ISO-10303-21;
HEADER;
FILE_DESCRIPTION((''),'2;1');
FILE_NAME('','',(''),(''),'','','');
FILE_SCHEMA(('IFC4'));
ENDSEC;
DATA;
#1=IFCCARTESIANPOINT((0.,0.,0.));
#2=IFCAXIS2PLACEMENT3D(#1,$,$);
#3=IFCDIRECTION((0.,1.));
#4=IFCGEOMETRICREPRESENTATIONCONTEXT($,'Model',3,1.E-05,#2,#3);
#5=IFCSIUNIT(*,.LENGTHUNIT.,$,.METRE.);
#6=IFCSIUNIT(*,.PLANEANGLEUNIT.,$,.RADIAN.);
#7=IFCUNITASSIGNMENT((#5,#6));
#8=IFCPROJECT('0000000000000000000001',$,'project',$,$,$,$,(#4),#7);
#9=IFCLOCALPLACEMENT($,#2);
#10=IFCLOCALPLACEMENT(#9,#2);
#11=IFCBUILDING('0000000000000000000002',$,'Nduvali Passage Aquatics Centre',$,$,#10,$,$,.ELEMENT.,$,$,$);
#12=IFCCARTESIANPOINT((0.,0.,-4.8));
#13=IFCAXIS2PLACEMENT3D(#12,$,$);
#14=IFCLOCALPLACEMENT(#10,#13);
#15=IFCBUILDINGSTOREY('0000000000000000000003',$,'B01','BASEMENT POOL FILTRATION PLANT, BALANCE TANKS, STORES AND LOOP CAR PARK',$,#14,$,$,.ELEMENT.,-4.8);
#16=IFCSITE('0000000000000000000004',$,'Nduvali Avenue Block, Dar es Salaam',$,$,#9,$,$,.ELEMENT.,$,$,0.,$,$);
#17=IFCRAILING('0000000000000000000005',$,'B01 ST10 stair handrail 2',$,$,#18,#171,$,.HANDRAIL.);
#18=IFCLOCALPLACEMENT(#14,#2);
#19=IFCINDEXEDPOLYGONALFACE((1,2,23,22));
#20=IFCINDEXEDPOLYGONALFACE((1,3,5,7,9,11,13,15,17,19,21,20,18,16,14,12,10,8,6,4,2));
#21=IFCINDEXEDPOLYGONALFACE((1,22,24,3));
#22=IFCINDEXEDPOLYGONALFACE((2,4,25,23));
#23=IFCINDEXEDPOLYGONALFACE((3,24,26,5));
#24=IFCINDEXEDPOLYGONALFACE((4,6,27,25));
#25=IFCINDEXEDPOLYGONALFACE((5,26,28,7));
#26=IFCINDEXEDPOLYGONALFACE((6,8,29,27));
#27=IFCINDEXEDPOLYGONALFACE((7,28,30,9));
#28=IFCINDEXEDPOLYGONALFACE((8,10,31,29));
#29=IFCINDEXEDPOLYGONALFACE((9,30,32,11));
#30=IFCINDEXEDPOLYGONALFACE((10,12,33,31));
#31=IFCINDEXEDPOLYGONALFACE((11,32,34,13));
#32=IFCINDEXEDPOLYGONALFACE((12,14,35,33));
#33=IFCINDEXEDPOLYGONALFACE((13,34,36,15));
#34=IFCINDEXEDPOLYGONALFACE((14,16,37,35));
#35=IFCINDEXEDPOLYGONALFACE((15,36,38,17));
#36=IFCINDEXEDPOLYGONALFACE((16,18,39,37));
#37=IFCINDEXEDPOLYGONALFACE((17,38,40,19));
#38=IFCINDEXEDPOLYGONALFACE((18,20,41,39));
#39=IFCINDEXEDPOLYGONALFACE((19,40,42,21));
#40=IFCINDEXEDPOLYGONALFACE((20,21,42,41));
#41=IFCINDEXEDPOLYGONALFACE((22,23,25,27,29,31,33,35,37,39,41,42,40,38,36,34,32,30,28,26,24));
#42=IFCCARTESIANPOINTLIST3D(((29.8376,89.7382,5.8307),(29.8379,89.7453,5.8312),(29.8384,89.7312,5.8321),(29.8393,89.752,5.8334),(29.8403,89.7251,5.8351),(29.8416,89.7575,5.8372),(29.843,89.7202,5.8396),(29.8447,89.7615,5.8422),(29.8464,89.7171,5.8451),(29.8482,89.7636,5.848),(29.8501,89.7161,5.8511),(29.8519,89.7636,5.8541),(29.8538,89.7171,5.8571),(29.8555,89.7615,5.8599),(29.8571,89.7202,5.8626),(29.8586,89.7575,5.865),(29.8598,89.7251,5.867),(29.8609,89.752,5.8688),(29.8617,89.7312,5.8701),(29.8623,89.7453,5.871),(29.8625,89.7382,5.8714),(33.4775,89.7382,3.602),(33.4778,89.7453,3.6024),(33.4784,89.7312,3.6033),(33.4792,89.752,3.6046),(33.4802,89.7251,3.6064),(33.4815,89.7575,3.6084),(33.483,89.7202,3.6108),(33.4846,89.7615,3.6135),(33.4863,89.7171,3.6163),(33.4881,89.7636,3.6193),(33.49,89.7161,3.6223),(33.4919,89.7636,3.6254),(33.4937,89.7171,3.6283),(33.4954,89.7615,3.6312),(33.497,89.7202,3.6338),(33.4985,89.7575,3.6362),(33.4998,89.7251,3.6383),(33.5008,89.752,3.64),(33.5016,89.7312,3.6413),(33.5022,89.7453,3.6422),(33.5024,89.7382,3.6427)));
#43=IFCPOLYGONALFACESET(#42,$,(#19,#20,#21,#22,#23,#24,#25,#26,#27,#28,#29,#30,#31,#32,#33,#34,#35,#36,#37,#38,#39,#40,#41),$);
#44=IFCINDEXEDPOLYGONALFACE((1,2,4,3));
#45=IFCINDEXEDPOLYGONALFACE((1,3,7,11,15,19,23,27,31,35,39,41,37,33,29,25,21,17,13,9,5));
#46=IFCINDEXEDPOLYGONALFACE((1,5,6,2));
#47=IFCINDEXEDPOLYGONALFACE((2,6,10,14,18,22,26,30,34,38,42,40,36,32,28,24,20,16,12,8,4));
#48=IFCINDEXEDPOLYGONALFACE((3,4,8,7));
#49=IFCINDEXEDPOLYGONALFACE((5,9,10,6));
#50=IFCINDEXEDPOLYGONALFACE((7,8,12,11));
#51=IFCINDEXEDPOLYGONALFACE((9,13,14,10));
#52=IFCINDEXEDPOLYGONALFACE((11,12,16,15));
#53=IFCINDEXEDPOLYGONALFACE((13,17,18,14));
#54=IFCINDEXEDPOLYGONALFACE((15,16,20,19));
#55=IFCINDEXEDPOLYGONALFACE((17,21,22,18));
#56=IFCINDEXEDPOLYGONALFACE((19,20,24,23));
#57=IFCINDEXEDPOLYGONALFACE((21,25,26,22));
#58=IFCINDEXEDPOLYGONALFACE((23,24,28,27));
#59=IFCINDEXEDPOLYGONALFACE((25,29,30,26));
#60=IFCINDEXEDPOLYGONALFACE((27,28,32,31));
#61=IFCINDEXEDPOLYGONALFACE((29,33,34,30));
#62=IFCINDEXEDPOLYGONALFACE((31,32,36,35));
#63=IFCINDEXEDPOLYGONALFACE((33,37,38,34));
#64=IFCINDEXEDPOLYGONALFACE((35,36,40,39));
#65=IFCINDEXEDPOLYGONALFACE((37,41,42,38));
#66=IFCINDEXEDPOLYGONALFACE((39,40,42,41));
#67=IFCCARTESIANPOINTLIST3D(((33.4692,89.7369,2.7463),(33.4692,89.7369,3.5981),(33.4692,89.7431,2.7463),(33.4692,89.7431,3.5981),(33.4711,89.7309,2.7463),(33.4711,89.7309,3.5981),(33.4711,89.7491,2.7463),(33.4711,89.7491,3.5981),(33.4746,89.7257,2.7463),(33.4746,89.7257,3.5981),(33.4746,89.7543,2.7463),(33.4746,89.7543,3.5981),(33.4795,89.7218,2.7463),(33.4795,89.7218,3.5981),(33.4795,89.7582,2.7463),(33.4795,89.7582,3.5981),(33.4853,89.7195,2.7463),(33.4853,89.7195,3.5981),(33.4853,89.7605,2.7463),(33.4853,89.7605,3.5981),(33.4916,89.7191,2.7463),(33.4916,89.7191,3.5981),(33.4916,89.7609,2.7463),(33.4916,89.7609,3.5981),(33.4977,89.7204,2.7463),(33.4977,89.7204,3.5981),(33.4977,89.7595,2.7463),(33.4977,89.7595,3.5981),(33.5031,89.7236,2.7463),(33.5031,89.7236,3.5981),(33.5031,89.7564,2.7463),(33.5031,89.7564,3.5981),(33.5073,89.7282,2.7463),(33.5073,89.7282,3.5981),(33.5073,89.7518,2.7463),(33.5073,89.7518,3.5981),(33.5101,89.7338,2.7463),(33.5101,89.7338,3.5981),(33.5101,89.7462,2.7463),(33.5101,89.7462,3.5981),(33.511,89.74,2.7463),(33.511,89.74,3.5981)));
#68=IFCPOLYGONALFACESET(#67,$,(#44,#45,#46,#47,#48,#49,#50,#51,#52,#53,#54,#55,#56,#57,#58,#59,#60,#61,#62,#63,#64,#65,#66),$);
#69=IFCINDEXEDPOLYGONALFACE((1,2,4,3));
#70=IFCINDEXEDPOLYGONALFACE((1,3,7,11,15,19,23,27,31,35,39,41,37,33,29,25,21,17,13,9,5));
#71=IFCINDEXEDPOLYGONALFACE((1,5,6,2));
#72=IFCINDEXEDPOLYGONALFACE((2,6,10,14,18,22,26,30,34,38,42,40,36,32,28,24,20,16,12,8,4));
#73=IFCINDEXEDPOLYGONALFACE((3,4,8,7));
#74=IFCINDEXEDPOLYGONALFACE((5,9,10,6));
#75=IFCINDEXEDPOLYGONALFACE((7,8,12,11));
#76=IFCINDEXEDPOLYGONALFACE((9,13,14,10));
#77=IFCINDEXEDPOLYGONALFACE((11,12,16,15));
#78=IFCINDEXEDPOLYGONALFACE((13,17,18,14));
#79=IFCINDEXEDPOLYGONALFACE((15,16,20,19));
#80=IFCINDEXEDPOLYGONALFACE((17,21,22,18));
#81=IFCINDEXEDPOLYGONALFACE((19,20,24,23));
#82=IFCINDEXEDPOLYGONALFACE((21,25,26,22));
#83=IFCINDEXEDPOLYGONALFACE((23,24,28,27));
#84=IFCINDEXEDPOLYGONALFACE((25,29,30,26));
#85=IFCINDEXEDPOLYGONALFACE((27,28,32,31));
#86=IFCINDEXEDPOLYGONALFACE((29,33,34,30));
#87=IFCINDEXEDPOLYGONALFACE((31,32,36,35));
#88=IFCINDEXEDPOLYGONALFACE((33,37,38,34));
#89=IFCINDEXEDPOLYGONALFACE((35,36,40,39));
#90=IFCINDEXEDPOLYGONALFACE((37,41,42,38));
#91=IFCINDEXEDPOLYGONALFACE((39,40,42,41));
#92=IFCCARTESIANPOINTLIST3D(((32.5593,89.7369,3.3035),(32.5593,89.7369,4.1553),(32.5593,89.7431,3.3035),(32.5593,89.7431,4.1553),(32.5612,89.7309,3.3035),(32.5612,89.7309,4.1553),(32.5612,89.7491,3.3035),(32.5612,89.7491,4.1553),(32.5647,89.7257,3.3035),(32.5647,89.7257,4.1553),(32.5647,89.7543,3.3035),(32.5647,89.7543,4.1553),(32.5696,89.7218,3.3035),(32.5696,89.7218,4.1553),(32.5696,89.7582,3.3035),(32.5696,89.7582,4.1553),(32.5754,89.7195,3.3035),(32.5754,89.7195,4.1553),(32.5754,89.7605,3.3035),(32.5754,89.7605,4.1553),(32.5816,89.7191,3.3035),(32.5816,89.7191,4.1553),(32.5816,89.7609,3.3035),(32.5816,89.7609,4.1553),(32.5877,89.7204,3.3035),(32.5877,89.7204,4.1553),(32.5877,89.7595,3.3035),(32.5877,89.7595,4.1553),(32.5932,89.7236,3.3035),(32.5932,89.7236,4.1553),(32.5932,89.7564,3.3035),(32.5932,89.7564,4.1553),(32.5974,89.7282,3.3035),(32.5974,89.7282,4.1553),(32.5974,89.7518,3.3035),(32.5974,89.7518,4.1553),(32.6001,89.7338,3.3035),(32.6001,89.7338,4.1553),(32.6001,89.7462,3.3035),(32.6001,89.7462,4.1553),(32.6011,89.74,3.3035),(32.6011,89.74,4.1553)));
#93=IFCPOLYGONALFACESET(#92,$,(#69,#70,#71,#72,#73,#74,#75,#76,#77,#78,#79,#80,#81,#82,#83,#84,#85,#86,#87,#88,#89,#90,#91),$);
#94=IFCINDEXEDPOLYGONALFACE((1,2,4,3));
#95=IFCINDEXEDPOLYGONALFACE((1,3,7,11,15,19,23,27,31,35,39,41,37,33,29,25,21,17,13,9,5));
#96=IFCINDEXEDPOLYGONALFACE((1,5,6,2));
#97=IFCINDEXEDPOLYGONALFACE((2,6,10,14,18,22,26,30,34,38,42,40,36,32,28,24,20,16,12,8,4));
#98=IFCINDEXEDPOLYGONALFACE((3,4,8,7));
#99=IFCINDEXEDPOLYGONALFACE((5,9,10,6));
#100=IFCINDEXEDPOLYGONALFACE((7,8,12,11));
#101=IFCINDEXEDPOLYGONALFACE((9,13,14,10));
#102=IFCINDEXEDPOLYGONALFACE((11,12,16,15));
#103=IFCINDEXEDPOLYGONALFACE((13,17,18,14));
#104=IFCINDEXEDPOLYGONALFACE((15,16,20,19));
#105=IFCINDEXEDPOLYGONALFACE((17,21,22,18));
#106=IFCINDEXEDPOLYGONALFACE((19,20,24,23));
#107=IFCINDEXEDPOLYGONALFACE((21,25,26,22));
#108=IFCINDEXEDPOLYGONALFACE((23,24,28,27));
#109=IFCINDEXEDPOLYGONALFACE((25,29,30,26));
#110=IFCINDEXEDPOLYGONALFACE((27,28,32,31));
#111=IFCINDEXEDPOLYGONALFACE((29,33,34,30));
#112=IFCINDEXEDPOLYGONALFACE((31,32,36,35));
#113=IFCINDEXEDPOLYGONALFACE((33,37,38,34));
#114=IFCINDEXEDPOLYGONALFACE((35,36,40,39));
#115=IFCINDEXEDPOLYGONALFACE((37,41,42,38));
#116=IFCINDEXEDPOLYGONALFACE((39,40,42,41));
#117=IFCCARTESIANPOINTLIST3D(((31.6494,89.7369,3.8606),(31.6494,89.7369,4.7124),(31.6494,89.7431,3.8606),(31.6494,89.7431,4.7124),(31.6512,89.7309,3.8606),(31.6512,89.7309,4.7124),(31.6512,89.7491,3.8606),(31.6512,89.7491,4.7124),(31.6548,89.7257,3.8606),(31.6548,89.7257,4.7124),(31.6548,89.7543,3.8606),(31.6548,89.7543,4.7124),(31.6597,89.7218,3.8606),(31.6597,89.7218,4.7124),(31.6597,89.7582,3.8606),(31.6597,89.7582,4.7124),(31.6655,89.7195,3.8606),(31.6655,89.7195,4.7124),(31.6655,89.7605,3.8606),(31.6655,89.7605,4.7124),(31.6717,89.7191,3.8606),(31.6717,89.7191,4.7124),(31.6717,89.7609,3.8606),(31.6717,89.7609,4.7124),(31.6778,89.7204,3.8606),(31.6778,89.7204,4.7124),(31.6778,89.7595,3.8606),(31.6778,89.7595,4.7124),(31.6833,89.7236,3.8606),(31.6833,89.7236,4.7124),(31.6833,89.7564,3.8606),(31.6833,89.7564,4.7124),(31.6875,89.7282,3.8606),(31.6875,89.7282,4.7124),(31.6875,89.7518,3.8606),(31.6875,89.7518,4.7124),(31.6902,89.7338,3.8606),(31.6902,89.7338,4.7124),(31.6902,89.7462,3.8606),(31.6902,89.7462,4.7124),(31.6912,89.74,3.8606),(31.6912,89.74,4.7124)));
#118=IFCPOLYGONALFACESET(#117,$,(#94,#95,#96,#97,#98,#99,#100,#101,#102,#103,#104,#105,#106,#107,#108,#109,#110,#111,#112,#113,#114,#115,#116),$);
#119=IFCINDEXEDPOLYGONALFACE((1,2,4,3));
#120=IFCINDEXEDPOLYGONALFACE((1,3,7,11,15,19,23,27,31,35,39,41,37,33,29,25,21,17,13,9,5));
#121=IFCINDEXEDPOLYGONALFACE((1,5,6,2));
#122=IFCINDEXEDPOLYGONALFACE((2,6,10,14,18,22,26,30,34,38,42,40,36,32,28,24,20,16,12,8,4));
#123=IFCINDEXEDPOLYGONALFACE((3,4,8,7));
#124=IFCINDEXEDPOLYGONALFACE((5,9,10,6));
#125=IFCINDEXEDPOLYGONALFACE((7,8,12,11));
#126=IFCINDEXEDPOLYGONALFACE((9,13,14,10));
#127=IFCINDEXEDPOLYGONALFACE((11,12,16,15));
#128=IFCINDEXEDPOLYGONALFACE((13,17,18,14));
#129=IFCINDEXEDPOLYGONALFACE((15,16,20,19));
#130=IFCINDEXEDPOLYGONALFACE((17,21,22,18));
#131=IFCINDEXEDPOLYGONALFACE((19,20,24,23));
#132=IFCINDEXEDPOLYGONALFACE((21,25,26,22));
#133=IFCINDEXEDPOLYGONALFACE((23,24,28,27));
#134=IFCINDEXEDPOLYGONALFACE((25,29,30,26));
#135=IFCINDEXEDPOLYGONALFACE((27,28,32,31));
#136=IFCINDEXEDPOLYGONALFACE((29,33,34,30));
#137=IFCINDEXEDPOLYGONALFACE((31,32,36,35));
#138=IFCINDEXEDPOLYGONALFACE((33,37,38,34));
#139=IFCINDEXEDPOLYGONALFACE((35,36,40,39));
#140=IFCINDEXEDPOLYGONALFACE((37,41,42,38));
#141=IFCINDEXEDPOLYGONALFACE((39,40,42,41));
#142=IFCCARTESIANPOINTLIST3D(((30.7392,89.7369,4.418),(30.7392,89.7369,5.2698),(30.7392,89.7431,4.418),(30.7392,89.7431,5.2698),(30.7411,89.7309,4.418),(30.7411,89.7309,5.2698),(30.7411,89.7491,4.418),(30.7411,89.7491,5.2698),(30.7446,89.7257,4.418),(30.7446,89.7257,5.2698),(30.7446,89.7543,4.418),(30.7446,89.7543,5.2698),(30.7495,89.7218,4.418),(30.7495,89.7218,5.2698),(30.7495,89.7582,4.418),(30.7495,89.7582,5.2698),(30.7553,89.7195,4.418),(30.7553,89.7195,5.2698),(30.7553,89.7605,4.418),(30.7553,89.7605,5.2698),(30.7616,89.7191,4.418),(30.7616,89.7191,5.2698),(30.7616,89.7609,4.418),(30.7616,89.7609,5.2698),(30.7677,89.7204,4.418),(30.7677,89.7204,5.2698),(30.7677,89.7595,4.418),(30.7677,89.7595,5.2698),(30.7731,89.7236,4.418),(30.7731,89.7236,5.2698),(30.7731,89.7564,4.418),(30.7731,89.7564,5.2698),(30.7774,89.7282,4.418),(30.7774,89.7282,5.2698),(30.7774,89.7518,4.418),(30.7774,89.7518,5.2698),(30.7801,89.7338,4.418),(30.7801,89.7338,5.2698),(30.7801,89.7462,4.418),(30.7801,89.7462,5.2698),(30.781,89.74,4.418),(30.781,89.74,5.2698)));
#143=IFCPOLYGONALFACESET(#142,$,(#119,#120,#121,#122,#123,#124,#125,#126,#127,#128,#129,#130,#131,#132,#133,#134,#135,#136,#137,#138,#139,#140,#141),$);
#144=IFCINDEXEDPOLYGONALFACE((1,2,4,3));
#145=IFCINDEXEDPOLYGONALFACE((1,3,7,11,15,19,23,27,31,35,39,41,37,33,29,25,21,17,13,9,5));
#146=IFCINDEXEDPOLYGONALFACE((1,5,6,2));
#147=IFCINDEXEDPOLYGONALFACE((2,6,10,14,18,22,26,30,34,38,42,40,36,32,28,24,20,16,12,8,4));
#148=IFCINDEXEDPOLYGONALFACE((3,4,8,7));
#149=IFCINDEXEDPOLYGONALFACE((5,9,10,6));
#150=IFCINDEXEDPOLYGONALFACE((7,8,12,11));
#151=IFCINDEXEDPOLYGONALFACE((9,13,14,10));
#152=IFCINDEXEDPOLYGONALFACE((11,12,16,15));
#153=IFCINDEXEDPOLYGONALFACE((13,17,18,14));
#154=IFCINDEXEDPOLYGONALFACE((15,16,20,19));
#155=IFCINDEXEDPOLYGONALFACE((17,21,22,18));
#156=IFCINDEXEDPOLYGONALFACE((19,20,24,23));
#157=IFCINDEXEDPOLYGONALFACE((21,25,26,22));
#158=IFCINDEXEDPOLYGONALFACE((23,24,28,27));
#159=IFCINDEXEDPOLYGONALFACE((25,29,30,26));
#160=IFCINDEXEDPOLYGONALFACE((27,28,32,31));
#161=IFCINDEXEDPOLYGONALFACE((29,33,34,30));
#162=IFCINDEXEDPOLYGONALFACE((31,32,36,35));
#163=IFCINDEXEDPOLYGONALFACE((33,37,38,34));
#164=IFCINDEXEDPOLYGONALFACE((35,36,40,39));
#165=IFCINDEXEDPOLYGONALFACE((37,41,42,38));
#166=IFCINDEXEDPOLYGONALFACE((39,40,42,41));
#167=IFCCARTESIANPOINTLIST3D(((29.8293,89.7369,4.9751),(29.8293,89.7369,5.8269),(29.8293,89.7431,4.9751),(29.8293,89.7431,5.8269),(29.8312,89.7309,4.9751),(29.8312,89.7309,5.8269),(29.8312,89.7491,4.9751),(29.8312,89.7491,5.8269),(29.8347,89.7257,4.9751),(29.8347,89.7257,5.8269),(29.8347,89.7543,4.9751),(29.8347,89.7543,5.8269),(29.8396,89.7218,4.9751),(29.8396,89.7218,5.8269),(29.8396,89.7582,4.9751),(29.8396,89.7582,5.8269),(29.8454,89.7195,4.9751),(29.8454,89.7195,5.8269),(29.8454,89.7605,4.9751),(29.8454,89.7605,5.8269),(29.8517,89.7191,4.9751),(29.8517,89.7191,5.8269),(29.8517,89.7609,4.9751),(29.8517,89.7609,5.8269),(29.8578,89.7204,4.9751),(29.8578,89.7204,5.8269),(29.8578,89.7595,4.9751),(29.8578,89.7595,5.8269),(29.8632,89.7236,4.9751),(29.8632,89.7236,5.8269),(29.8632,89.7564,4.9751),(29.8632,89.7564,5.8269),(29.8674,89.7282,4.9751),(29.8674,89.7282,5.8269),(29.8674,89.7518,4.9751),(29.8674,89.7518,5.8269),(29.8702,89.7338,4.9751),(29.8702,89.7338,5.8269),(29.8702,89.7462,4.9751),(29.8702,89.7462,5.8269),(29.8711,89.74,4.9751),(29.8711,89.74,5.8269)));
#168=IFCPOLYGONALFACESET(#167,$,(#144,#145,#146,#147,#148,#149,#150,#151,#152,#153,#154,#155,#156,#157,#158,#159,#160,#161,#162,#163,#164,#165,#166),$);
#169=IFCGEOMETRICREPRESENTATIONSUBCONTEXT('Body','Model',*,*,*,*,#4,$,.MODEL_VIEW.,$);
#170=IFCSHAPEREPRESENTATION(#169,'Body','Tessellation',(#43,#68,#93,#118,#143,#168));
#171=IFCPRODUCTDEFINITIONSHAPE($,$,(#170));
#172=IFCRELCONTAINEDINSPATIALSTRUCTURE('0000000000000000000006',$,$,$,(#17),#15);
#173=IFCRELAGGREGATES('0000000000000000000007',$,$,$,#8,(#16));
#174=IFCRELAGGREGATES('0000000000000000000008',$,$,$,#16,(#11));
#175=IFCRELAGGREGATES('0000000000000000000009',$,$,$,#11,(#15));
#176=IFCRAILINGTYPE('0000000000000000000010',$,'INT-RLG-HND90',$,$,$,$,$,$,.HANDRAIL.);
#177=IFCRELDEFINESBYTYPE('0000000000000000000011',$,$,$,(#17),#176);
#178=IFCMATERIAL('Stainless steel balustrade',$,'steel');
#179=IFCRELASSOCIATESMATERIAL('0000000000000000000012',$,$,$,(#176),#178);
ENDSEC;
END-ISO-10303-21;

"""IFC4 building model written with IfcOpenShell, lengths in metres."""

from ifc_helpers import new_model, si_unit, direction, frame, origin, origin_2d, place, context, subcontext, project, spatial, circle, extrude, material, type_object, element, save


model = new_model("IFC4")

# Units and contexts
model_context = context("Model", 3, precision=1e-05, world=origin(), true_north=direction((0.0, 1.0)))
body_context = subcontext(model_context, "Body", "Model", "MODEL_VIEW")
ifc_project = project(units=[si_unit("LENGTHUNIT", "METRE"), si_unit("PLANEANGLEUNIT", "RADIAN")], contexts=[model_context])

# Site, building, storey
site_placement = place(None, origin())
site = spatial("IfcSite", under=ifc_project, at=site_placement, Name="Nduvali Avenue Block, Dar es Salaam", CompositionType="ELEMENT", RefElevation=0.0)
building_placement = place(site_placement, origin())
building = spatial("IfcBuilding", under=site, at=building_placement, Name="Nduvali Passage Aquatics Centre", CompositionType="ELEMENT")
storey_placement = place(building_placement, frame((0.0, 0.0, -4.8)))
storey = spatial("IfcBuildingStorey", under=building, at=storey_placement, Name="B01", Description="BASEMENT POOL FILTRATION PLANT, BALANCE TANKS, STORES AND LOOP CAR PARK", CompositionType="ELEMENT", Elevation=-4.8)

# Railing
ifc_material_1 = material(Name="Stainless steel balustrade", Category="steel")
railing_type_1 = type_object("IfcRailingType", Name="INT-RLG-HND90", PredefinedType="HANDRAIL", material=ifc_material_1)
railing_1_placement = place(storey_placement, frame((33.49, 89.74, 2.7463)))
element("IfcRailing", 1, at=railing_1_placement, inside=storey, type_object=railing_type_1, Name="B01 ST10 stair handrail 2", PredefinedType="HANDRAIL", context=body_context, shape_type="SweptSolid", body=[
    extrude(circle(Radius=0.0239, at=origin_2d()), frame((0.0, 0.0, 0.876), z_axis=(-0.852825, 0.0, 0.522197), x_axis=(0.0, -1.0, 0.0)), (0.0, 0.0, 1.0), 4.2681),
    extrude(circle(Radius=0.021, at=origin_2d()), origin(), (0.0, 0.0, 1.0), 0.8518),
    extrude(circle(Radius=0.021, at=origin_2d()), frame((-0.9099, 0.0, 0.5571)), (0.0, 0.0, 1.0), 0.8518),
    extrude(circle(Radius=0.021, at=origin_2d()), frame((-1.8198, 0.0, 1.1143)), (0.0, 0.0, 1.0), 0.8518),
    extrude(circle(Radius=0.021, at=origin_2d()), frame((-2.73, 0.0, 1.6716)), (0.0, 0.0, 1.0), 0.8518),
    extrude(circle(Radius=0.021, at=origin_2d()), frame((-3.6399, 0.0, 2.2288)), (0.0, 0.0, 1.0), 0.8518),
])

save(model, "model.ifc")
